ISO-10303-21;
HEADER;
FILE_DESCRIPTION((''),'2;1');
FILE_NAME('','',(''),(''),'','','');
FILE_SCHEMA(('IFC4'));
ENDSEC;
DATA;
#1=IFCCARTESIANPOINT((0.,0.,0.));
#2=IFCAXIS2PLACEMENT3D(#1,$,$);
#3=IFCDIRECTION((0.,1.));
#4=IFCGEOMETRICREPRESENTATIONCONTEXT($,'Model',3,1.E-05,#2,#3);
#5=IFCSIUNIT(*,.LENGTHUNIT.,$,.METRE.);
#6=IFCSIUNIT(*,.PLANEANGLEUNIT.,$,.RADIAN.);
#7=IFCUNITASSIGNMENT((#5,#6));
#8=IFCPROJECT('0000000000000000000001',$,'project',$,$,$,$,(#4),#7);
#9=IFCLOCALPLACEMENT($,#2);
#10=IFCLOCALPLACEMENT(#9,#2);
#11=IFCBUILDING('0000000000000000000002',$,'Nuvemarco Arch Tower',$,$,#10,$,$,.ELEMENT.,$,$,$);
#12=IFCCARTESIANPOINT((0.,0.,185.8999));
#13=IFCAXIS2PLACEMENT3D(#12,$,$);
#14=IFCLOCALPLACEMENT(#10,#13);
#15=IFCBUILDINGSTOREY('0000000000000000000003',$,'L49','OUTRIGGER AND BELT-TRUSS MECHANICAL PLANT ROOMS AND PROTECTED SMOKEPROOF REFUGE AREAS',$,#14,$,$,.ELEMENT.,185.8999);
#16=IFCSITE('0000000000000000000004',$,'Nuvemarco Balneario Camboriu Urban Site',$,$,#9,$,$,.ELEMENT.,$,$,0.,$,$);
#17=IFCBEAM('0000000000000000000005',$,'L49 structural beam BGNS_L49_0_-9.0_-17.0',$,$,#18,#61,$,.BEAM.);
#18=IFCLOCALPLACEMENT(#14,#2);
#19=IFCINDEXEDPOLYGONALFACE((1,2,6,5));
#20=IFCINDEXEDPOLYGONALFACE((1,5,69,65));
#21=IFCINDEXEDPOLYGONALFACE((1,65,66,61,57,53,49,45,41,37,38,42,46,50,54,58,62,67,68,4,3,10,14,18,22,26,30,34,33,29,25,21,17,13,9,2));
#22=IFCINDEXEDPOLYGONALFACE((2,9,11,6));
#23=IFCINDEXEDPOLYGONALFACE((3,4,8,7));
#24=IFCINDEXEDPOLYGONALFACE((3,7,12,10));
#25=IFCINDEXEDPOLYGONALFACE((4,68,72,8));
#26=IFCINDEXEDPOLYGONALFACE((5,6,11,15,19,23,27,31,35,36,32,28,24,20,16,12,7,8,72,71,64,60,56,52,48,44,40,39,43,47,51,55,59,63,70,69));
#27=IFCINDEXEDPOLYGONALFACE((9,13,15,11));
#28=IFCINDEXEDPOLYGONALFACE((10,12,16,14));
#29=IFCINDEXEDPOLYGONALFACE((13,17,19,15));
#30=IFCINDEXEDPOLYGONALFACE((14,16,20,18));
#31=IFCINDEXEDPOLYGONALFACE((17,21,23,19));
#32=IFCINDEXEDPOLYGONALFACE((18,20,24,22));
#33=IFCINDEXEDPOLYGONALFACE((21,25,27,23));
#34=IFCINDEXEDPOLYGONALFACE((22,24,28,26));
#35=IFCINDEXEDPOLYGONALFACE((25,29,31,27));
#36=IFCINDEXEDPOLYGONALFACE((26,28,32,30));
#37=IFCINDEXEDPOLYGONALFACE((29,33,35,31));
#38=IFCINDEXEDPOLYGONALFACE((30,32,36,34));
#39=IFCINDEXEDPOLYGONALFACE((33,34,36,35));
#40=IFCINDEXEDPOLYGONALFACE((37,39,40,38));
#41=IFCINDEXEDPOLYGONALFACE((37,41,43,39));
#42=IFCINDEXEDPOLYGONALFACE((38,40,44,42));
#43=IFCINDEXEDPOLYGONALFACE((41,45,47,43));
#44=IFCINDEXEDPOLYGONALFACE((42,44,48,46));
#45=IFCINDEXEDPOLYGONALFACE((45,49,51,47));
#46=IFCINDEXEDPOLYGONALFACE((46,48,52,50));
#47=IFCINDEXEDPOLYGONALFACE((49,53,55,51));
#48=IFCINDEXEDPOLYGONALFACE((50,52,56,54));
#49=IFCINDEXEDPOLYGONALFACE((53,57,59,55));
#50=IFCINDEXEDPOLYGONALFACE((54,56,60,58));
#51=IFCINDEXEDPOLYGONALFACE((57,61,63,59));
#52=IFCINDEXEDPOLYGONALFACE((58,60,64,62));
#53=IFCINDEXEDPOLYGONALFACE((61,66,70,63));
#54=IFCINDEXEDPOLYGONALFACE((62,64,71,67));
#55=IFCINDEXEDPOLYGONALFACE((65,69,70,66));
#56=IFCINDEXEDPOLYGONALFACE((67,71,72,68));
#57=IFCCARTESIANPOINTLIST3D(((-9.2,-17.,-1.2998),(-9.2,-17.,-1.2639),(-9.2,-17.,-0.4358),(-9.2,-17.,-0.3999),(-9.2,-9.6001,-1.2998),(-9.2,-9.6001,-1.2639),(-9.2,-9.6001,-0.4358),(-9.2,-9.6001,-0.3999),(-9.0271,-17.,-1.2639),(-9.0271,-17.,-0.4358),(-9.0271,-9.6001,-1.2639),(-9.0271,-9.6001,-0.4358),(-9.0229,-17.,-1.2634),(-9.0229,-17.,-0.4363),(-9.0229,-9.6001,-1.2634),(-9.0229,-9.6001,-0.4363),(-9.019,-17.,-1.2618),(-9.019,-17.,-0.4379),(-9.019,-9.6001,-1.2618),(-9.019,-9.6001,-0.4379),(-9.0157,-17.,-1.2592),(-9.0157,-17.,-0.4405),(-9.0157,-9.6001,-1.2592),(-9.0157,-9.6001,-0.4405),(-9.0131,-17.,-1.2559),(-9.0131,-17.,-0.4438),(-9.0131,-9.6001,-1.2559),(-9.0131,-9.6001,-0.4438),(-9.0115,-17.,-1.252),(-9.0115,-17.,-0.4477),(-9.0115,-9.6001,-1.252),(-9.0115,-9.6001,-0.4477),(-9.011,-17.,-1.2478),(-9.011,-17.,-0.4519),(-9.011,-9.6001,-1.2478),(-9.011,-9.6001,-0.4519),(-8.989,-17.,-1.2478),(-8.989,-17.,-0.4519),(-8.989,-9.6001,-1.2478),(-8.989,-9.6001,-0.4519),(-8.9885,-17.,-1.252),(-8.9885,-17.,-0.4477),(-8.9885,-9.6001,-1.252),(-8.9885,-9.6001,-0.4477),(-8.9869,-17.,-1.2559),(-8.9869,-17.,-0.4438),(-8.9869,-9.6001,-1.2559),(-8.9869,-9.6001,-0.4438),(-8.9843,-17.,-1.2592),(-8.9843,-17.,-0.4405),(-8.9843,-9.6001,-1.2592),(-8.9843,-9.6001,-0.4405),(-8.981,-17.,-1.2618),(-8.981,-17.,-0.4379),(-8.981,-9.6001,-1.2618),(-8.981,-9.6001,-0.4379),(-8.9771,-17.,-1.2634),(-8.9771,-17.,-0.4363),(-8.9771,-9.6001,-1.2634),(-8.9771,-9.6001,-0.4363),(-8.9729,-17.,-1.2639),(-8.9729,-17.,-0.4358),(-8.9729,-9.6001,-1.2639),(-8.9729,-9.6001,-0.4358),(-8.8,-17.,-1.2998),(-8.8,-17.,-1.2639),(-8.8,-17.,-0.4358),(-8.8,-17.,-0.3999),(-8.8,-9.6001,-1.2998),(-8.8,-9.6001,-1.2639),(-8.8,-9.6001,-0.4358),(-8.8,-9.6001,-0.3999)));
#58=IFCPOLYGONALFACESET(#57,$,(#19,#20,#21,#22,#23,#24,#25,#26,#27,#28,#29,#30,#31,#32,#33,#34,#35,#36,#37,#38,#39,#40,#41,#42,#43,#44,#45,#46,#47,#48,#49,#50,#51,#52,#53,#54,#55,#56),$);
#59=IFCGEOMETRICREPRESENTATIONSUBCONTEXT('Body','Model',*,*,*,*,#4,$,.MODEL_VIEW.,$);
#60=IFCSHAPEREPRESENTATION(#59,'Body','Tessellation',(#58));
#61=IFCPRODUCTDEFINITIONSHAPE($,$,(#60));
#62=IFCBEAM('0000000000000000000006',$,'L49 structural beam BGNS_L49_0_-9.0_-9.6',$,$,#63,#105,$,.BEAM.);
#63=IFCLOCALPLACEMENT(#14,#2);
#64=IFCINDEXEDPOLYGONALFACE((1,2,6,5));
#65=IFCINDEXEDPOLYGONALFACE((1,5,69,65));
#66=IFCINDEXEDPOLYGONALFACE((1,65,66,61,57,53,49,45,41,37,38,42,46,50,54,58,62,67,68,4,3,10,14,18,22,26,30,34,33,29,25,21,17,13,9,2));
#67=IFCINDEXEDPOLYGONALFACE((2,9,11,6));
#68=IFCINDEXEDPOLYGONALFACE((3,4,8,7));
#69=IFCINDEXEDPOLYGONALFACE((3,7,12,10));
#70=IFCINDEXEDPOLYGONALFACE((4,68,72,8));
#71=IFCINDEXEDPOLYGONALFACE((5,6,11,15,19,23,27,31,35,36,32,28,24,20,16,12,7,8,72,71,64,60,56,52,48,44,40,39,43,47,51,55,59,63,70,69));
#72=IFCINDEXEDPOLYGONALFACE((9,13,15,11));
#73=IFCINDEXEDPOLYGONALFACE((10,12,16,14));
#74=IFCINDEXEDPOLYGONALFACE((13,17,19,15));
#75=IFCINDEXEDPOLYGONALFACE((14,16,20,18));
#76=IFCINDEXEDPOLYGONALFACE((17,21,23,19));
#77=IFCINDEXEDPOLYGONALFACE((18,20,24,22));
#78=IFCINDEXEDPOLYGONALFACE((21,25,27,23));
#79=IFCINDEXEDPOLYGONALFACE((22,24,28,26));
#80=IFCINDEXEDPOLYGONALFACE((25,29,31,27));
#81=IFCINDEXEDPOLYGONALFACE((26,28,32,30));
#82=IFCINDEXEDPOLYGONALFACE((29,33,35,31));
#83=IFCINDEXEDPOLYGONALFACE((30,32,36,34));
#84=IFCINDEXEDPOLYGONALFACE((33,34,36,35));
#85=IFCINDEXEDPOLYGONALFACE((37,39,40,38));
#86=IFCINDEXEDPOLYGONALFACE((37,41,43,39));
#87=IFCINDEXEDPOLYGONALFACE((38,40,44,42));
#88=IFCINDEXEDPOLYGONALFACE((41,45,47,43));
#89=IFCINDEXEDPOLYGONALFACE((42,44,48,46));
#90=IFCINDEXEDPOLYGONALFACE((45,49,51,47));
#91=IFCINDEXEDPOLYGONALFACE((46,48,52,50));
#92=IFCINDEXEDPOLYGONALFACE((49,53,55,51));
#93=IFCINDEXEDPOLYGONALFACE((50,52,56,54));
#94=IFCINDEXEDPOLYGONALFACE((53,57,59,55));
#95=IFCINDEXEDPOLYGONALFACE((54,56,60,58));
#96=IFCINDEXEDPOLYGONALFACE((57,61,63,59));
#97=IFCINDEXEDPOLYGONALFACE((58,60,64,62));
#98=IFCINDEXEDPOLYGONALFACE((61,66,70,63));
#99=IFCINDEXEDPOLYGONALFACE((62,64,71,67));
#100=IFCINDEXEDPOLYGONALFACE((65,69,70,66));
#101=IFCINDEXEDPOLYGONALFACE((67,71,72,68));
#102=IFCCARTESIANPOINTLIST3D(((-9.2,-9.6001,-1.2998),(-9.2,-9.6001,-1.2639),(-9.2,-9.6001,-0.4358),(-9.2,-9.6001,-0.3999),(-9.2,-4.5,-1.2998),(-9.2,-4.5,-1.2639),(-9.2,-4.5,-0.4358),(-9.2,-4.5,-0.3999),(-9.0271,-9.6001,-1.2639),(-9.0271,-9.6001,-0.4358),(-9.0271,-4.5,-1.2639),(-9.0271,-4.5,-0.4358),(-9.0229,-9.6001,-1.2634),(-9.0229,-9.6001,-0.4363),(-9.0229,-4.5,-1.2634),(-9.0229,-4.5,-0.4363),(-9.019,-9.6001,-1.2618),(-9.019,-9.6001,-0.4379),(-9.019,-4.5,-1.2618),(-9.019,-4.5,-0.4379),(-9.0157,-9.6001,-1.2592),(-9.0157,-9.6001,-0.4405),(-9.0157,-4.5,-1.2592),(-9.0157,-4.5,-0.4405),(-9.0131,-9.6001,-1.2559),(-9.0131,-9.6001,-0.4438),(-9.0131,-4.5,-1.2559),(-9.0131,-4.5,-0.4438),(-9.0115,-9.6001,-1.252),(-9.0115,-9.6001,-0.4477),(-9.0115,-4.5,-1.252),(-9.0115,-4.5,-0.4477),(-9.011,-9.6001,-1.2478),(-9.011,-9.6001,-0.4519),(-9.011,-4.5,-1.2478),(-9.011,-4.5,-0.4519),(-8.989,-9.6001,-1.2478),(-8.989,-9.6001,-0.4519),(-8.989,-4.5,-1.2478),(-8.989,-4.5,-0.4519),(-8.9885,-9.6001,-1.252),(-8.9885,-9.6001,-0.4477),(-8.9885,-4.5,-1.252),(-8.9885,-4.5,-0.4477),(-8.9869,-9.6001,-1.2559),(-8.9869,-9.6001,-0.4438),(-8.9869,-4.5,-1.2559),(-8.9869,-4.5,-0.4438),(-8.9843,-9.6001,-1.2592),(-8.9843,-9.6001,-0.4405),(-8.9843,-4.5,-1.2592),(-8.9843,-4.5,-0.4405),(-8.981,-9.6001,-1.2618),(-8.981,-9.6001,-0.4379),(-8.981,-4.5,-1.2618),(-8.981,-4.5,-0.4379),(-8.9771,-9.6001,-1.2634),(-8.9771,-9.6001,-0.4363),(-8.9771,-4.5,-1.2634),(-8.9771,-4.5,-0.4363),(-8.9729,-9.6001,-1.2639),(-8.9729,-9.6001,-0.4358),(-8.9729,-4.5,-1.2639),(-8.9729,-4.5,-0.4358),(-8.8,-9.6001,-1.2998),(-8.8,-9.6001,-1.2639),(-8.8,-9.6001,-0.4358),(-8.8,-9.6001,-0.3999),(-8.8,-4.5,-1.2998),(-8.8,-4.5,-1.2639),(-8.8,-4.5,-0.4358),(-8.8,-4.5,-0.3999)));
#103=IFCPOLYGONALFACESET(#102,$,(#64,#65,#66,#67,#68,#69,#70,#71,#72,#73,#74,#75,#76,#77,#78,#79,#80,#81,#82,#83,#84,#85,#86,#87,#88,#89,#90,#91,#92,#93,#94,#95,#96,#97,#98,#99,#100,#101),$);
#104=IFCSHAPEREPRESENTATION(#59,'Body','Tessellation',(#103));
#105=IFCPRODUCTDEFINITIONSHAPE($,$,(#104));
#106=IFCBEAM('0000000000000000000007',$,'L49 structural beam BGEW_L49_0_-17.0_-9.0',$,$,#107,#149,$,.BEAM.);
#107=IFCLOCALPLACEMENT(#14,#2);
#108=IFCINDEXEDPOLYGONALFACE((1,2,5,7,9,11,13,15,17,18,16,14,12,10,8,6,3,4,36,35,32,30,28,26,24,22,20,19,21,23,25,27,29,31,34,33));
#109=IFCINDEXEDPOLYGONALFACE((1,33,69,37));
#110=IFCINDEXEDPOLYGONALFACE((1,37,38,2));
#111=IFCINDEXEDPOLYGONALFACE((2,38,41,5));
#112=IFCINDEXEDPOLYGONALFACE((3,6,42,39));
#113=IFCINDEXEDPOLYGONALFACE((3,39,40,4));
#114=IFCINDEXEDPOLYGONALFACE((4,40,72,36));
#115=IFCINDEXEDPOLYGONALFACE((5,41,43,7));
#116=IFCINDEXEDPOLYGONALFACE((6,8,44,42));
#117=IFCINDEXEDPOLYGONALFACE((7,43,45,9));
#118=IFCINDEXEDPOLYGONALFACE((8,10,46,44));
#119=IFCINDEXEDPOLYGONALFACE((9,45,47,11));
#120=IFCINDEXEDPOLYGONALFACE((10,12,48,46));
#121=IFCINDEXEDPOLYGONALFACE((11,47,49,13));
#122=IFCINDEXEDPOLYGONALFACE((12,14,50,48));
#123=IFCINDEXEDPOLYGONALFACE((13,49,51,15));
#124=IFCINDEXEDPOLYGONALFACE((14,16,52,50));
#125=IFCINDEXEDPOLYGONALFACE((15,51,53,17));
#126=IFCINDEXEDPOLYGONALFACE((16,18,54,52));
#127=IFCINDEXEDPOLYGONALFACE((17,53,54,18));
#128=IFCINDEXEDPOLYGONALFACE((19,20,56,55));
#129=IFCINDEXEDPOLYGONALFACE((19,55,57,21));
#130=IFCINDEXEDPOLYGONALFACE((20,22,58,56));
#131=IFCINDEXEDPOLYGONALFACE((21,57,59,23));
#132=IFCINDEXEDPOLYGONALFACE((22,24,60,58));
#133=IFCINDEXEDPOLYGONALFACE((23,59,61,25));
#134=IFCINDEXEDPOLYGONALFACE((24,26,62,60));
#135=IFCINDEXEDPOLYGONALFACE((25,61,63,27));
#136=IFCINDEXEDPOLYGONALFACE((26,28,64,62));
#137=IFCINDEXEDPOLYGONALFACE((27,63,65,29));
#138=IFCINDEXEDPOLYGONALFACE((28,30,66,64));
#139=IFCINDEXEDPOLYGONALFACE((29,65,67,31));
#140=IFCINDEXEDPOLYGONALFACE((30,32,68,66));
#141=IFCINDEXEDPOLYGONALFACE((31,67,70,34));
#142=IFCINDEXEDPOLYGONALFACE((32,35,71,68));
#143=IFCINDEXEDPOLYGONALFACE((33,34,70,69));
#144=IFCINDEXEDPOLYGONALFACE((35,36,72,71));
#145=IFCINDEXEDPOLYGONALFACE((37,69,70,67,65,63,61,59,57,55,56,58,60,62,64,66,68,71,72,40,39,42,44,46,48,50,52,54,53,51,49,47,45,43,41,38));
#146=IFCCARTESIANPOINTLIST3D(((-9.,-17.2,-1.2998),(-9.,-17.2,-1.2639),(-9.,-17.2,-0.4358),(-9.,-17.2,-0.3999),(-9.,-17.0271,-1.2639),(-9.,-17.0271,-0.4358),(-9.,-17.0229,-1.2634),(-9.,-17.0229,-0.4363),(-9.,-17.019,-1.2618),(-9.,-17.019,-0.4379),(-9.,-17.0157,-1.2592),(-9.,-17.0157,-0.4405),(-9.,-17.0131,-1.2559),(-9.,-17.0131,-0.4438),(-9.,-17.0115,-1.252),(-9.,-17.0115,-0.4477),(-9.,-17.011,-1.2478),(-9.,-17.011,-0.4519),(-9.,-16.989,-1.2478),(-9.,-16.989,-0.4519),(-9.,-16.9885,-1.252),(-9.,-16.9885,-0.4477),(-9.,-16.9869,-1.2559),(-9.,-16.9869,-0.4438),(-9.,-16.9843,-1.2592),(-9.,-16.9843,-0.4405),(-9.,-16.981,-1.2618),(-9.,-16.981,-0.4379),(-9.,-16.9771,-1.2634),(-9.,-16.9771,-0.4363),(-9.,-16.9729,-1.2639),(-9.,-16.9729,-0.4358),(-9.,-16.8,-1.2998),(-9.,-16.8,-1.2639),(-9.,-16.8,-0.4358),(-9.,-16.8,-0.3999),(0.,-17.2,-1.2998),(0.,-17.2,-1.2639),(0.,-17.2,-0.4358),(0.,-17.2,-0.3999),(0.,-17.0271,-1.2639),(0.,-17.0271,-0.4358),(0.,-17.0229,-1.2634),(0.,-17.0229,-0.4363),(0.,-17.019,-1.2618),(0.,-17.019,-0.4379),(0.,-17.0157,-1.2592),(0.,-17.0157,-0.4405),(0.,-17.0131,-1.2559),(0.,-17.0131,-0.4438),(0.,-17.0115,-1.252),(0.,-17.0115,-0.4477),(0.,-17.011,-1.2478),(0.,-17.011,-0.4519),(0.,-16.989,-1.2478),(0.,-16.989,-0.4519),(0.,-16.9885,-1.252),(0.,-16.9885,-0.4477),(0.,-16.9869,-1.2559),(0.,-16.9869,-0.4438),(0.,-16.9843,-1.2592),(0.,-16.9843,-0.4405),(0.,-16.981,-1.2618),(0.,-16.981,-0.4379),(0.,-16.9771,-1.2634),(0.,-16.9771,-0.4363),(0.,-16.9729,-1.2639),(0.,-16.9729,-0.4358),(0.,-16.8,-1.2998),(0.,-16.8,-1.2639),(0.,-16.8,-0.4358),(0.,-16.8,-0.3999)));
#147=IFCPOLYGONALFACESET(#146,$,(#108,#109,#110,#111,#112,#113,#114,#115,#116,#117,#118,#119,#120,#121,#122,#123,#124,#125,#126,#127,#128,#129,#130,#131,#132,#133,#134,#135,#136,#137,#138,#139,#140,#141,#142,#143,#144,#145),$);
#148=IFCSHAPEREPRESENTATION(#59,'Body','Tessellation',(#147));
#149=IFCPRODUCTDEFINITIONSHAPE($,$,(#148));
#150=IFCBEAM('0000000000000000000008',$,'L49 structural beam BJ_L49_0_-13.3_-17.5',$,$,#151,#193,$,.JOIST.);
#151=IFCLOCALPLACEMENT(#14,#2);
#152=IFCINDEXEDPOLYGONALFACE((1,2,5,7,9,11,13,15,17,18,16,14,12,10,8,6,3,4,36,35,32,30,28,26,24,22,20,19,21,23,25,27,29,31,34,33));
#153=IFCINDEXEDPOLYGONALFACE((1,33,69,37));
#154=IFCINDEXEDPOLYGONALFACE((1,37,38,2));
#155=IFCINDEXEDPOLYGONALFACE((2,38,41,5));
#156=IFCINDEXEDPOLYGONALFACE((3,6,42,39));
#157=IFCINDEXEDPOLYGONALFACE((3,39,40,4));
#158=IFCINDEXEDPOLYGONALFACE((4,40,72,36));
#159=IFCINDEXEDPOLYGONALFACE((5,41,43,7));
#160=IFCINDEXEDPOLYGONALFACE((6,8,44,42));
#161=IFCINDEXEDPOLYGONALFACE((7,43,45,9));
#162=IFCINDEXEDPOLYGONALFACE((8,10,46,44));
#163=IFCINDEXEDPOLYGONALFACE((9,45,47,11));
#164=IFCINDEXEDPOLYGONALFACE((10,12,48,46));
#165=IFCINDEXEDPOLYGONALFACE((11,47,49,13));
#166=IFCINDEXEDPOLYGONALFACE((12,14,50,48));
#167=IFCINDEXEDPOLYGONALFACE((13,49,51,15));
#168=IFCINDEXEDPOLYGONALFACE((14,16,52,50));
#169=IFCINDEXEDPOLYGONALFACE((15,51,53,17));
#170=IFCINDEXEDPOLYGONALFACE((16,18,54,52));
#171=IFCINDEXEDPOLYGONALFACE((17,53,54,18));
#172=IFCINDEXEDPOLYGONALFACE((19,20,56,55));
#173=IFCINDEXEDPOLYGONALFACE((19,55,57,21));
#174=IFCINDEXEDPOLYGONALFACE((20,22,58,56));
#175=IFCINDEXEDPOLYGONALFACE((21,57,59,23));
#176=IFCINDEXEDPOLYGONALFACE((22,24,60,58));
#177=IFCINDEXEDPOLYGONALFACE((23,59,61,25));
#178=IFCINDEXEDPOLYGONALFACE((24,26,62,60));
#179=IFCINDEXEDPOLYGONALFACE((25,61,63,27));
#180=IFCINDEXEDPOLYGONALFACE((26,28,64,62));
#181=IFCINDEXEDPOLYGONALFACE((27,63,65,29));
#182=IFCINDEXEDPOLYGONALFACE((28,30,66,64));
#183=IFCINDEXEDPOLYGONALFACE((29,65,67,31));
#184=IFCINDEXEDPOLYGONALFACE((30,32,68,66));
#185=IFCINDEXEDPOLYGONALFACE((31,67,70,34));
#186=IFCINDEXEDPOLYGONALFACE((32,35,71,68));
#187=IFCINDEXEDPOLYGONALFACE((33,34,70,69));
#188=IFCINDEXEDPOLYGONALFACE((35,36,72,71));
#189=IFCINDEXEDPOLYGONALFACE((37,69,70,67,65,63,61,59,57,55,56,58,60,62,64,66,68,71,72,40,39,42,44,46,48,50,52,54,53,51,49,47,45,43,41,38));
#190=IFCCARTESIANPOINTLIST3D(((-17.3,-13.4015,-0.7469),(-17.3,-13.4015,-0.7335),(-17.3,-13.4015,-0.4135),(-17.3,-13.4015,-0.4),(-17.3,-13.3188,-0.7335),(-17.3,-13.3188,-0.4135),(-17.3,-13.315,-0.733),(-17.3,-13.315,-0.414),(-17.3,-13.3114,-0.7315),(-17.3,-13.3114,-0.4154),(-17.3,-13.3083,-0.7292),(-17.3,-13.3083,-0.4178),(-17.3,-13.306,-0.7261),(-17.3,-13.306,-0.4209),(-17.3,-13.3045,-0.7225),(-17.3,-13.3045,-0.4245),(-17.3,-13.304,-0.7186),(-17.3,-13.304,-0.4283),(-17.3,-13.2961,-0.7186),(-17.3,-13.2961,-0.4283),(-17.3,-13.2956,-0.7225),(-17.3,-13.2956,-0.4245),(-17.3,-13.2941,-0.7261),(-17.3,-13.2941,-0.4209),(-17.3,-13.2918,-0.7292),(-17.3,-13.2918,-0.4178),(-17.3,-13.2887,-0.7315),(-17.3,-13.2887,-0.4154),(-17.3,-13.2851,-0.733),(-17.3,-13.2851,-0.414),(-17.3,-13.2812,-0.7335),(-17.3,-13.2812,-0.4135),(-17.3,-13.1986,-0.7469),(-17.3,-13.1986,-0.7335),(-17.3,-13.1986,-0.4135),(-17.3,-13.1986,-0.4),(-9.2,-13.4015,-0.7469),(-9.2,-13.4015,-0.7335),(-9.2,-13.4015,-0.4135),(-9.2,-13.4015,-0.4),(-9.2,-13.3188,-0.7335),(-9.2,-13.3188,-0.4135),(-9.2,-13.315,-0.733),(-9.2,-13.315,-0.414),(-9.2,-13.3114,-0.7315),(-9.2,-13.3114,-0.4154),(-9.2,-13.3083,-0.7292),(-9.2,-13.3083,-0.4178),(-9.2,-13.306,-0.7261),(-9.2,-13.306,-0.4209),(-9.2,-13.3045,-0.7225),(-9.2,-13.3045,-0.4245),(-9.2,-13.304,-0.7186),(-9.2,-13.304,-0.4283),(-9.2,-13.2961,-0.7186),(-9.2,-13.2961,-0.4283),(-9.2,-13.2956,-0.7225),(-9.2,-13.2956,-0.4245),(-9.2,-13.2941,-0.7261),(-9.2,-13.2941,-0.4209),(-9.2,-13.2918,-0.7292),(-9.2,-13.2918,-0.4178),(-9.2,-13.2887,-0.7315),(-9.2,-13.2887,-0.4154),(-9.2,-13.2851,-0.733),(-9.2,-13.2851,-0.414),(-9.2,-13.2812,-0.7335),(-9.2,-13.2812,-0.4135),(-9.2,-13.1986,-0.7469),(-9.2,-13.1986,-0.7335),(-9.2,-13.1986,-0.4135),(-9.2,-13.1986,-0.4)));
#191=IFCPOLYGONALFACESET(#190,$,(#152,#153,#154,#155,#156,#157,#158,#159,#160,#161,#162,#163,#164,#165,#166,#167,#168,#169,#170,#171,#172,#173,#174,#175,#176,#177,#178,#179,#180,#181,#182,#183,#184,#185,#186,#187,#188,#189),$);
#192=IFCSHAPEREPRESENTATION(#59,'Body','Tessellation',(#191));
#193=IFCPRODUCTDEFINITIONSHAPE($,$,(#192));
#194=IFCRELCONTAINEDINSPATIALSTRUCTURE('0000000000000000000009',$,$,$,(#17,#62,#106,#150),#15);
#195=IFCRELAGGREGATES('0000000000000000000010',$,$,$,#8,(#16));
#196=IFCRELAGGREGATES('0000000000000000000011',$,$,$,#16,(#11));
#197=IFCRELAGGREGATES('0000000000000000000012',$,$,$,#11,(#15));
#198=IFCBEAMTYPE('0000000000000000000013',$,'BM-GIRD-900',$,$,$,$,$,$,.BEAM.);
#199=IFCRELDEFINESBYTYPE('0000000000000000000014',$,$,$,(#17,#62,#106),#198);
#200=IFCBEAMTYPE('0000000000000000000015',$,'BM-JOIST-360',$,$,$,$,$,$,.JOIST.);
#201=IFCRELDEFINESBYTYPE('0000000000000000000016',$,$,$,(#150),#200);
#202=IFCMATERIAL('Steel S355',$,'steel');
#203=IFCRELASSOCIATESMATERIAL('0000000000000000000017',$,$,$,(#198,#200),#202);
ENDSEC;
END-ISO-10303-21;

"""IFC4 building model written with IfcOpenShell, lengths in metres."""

from ifc_helpers import new_model, si_unit, direction, frame, origin, origin_2d, place, context, subcontext, project, spatial, i_section, extrude, material, material_profile, profile_set, type_object, element, save


model = new_model("IFC4")

# Units and contexts
model_context = context("Model", 3, precision=1e-05, world=origin(), true_north=direction((0.0, 1.0)))
body_context = subcontext(model_context, "Body", "Model", "MODEL_VIEW")
ifc_project = project(units=[si_unit("LENGTHUNIT", "METRE"), si_unit("PLANEANGLEUNIT", "RADIAN")], contexts=[model_context])

# Site, building, storey
site_placement = place(None, origin())
site = spatial("IfcSite", under=ifc_project, at=site_placement, Name="Nuvemarco Balneario Camboriu Urban Site", CompositionType="ELEMENT", RefElevation=0.0)
building_placement = place(site_placement, origin())
building = spatial("IfcBuilding", under=site, at=building_placement, Name="Nuvemarco Arch Tower", CompositionType="ELEMENT")
storey_placement = place(building_placement, frame((0.0, 0.0, 185.8999)))
storey = spatial("IfcBuildingStorey", under=building, at=storey_placement, Name="L49", Description="OUTRIGGER AND BELT-TRUSS MECHANICAL PLANT ROOMS AND PROTECTED SMOKEPROOF REFUGE AREAS", CompositionType="ELEMENT", Elevation=185.8999)

# Shared definitions
ifc_material_1 = material(Name="Steel S355", Category="steel")

# Beams
ifc_material_profile_1 = material_profile(ifc_material_1, i_section(OverallWidth=0.3999, OverallDepth=0.8999, WebThickness=0.022, FlangeThickness=0.0359, FilletRadius=0.0161, at=origin_2d()), Name="PG900x400")
ifc_profile_set_1 = profile_set([ifc_material_profile_1], Name="Steel S355")
beam_type_1 = type_object("IfcBeamType", Name="BM-GIRD-900", PredefinedType="BEAM", material=ifc_profile_set_1)
beam_1_placement = place(storey_placement, frame((-9.0, -17.0, -0.8499), z_axis=(0.0, 1.0, 0.0), x_axis=(-1.0, 0.0, 0.0)))
element("IfcBeam", 1, at=beam_1_placement, inside=storey, type_object=beam_type_1, Name="L49 structural beam BGNS_L49_0_-9.0_-17.0", PredefinedType="BEAM", context=body_context, shape_type="SweptSolid", body=[
    extrude(i_section(OverallWidth=0.3999, OverallDepth=0.8999, WebThickness=0.022, FlangeThickness=0.0359, FilletRadius=0.0161, at=origin_2d()), origin(), (0.0, 0.0, 1.0), 7.3999),
])
beam_2_placement = place(storey_placement, frame((-9.0, -9.6001, -0.8499), z_axis=(0.0, 1.0, 0.0), x_axis=(-1.0, 0.0, 0.0)))
element("IfcBeam", 2, at=beam_2_placement, inside=storey, type_object=beam_type_1, Name="L49 structural beam BGNS_L49_0_-9.0_-9.6", PredefinedType="BEAM", context=body_context, shape_type="SweptSolid", body=[
    extrude(i_section(OverallWidth=0.3999, OverallDepth=0.8999, WebThickness=0.022, FlangeThickness=0.0359, FilletRadius=0.0161, at=origin_2d()), origin(), (0.0, 0.0, 1.0), 5.1001),
])
beam_3_placement = place(storey_placement, frame((-9.0, -17.0, -0.8499), z_axis=(1.0, 0.0, 0.0), x_axis=(0.0, 1.0, 0.0)))
element("IfcBeam", 3, at=beam_3_placement, inside=storey, type_object=beam_type_1, Name="L49 structural beam BGEW_L49_0_-17.0_-9.0", PredefinedType="BEAM", context=body_context, shape_type="SweptSolid", body=[
    extrude(i_section(OverallWidth=0.3999, OverallDepth=0.8999, WebThickness=0.022, FlangeThickness=0.0359, FilletRadius=0.0161, at=origin_2d()), origin(), (0.0, 0.0, 1.0), 9.0),
])
ifc_material_profile_2 = material_profile(ifc_material_1, i_section(OverallWidth=0.2029, OverallDepth=0.3469, WebThickness=0.0078, FlangeThickness=0.0134, FilletRadius=0.0149, at=origin_2d()), Name="W360x64")
ifc_profile_set_2 = profile_set([ifc_material_profile_2], Name="Steel S355")
beam_type_2 = type_object("IfcBeamType", Name="BM-JOIST-360", PredefinedType="JOIST", material=ifc_profile_set_2)
beam_4_placement = place(storey_placement, frame((-17.3, -13.3, -0.5735), z_axis=(1.0, 0.0, 0.0), x_axis=(0.0, 1.0, 0.0)))
element("IfcBeam", 4, at=beam_4_placement, inside=storey, type_object=beam_type_2, Name="L49 structural beam BJ_L49_0_-13.3_-17.5", PredefinedType="JOIST", context=body_context, shape_type="SweptSolid", body=[
    extrude(i_section(OverallWidth=0.2029, OverallDepth=0.3469, WebThickness=0.0078, FlangeThickness=0.0134, FilletRadius=0.0149, at=origin_2d()), origin(), (0.0, 0.0, 1.0), 8.1001),
])

save(model, "model.ifc")
